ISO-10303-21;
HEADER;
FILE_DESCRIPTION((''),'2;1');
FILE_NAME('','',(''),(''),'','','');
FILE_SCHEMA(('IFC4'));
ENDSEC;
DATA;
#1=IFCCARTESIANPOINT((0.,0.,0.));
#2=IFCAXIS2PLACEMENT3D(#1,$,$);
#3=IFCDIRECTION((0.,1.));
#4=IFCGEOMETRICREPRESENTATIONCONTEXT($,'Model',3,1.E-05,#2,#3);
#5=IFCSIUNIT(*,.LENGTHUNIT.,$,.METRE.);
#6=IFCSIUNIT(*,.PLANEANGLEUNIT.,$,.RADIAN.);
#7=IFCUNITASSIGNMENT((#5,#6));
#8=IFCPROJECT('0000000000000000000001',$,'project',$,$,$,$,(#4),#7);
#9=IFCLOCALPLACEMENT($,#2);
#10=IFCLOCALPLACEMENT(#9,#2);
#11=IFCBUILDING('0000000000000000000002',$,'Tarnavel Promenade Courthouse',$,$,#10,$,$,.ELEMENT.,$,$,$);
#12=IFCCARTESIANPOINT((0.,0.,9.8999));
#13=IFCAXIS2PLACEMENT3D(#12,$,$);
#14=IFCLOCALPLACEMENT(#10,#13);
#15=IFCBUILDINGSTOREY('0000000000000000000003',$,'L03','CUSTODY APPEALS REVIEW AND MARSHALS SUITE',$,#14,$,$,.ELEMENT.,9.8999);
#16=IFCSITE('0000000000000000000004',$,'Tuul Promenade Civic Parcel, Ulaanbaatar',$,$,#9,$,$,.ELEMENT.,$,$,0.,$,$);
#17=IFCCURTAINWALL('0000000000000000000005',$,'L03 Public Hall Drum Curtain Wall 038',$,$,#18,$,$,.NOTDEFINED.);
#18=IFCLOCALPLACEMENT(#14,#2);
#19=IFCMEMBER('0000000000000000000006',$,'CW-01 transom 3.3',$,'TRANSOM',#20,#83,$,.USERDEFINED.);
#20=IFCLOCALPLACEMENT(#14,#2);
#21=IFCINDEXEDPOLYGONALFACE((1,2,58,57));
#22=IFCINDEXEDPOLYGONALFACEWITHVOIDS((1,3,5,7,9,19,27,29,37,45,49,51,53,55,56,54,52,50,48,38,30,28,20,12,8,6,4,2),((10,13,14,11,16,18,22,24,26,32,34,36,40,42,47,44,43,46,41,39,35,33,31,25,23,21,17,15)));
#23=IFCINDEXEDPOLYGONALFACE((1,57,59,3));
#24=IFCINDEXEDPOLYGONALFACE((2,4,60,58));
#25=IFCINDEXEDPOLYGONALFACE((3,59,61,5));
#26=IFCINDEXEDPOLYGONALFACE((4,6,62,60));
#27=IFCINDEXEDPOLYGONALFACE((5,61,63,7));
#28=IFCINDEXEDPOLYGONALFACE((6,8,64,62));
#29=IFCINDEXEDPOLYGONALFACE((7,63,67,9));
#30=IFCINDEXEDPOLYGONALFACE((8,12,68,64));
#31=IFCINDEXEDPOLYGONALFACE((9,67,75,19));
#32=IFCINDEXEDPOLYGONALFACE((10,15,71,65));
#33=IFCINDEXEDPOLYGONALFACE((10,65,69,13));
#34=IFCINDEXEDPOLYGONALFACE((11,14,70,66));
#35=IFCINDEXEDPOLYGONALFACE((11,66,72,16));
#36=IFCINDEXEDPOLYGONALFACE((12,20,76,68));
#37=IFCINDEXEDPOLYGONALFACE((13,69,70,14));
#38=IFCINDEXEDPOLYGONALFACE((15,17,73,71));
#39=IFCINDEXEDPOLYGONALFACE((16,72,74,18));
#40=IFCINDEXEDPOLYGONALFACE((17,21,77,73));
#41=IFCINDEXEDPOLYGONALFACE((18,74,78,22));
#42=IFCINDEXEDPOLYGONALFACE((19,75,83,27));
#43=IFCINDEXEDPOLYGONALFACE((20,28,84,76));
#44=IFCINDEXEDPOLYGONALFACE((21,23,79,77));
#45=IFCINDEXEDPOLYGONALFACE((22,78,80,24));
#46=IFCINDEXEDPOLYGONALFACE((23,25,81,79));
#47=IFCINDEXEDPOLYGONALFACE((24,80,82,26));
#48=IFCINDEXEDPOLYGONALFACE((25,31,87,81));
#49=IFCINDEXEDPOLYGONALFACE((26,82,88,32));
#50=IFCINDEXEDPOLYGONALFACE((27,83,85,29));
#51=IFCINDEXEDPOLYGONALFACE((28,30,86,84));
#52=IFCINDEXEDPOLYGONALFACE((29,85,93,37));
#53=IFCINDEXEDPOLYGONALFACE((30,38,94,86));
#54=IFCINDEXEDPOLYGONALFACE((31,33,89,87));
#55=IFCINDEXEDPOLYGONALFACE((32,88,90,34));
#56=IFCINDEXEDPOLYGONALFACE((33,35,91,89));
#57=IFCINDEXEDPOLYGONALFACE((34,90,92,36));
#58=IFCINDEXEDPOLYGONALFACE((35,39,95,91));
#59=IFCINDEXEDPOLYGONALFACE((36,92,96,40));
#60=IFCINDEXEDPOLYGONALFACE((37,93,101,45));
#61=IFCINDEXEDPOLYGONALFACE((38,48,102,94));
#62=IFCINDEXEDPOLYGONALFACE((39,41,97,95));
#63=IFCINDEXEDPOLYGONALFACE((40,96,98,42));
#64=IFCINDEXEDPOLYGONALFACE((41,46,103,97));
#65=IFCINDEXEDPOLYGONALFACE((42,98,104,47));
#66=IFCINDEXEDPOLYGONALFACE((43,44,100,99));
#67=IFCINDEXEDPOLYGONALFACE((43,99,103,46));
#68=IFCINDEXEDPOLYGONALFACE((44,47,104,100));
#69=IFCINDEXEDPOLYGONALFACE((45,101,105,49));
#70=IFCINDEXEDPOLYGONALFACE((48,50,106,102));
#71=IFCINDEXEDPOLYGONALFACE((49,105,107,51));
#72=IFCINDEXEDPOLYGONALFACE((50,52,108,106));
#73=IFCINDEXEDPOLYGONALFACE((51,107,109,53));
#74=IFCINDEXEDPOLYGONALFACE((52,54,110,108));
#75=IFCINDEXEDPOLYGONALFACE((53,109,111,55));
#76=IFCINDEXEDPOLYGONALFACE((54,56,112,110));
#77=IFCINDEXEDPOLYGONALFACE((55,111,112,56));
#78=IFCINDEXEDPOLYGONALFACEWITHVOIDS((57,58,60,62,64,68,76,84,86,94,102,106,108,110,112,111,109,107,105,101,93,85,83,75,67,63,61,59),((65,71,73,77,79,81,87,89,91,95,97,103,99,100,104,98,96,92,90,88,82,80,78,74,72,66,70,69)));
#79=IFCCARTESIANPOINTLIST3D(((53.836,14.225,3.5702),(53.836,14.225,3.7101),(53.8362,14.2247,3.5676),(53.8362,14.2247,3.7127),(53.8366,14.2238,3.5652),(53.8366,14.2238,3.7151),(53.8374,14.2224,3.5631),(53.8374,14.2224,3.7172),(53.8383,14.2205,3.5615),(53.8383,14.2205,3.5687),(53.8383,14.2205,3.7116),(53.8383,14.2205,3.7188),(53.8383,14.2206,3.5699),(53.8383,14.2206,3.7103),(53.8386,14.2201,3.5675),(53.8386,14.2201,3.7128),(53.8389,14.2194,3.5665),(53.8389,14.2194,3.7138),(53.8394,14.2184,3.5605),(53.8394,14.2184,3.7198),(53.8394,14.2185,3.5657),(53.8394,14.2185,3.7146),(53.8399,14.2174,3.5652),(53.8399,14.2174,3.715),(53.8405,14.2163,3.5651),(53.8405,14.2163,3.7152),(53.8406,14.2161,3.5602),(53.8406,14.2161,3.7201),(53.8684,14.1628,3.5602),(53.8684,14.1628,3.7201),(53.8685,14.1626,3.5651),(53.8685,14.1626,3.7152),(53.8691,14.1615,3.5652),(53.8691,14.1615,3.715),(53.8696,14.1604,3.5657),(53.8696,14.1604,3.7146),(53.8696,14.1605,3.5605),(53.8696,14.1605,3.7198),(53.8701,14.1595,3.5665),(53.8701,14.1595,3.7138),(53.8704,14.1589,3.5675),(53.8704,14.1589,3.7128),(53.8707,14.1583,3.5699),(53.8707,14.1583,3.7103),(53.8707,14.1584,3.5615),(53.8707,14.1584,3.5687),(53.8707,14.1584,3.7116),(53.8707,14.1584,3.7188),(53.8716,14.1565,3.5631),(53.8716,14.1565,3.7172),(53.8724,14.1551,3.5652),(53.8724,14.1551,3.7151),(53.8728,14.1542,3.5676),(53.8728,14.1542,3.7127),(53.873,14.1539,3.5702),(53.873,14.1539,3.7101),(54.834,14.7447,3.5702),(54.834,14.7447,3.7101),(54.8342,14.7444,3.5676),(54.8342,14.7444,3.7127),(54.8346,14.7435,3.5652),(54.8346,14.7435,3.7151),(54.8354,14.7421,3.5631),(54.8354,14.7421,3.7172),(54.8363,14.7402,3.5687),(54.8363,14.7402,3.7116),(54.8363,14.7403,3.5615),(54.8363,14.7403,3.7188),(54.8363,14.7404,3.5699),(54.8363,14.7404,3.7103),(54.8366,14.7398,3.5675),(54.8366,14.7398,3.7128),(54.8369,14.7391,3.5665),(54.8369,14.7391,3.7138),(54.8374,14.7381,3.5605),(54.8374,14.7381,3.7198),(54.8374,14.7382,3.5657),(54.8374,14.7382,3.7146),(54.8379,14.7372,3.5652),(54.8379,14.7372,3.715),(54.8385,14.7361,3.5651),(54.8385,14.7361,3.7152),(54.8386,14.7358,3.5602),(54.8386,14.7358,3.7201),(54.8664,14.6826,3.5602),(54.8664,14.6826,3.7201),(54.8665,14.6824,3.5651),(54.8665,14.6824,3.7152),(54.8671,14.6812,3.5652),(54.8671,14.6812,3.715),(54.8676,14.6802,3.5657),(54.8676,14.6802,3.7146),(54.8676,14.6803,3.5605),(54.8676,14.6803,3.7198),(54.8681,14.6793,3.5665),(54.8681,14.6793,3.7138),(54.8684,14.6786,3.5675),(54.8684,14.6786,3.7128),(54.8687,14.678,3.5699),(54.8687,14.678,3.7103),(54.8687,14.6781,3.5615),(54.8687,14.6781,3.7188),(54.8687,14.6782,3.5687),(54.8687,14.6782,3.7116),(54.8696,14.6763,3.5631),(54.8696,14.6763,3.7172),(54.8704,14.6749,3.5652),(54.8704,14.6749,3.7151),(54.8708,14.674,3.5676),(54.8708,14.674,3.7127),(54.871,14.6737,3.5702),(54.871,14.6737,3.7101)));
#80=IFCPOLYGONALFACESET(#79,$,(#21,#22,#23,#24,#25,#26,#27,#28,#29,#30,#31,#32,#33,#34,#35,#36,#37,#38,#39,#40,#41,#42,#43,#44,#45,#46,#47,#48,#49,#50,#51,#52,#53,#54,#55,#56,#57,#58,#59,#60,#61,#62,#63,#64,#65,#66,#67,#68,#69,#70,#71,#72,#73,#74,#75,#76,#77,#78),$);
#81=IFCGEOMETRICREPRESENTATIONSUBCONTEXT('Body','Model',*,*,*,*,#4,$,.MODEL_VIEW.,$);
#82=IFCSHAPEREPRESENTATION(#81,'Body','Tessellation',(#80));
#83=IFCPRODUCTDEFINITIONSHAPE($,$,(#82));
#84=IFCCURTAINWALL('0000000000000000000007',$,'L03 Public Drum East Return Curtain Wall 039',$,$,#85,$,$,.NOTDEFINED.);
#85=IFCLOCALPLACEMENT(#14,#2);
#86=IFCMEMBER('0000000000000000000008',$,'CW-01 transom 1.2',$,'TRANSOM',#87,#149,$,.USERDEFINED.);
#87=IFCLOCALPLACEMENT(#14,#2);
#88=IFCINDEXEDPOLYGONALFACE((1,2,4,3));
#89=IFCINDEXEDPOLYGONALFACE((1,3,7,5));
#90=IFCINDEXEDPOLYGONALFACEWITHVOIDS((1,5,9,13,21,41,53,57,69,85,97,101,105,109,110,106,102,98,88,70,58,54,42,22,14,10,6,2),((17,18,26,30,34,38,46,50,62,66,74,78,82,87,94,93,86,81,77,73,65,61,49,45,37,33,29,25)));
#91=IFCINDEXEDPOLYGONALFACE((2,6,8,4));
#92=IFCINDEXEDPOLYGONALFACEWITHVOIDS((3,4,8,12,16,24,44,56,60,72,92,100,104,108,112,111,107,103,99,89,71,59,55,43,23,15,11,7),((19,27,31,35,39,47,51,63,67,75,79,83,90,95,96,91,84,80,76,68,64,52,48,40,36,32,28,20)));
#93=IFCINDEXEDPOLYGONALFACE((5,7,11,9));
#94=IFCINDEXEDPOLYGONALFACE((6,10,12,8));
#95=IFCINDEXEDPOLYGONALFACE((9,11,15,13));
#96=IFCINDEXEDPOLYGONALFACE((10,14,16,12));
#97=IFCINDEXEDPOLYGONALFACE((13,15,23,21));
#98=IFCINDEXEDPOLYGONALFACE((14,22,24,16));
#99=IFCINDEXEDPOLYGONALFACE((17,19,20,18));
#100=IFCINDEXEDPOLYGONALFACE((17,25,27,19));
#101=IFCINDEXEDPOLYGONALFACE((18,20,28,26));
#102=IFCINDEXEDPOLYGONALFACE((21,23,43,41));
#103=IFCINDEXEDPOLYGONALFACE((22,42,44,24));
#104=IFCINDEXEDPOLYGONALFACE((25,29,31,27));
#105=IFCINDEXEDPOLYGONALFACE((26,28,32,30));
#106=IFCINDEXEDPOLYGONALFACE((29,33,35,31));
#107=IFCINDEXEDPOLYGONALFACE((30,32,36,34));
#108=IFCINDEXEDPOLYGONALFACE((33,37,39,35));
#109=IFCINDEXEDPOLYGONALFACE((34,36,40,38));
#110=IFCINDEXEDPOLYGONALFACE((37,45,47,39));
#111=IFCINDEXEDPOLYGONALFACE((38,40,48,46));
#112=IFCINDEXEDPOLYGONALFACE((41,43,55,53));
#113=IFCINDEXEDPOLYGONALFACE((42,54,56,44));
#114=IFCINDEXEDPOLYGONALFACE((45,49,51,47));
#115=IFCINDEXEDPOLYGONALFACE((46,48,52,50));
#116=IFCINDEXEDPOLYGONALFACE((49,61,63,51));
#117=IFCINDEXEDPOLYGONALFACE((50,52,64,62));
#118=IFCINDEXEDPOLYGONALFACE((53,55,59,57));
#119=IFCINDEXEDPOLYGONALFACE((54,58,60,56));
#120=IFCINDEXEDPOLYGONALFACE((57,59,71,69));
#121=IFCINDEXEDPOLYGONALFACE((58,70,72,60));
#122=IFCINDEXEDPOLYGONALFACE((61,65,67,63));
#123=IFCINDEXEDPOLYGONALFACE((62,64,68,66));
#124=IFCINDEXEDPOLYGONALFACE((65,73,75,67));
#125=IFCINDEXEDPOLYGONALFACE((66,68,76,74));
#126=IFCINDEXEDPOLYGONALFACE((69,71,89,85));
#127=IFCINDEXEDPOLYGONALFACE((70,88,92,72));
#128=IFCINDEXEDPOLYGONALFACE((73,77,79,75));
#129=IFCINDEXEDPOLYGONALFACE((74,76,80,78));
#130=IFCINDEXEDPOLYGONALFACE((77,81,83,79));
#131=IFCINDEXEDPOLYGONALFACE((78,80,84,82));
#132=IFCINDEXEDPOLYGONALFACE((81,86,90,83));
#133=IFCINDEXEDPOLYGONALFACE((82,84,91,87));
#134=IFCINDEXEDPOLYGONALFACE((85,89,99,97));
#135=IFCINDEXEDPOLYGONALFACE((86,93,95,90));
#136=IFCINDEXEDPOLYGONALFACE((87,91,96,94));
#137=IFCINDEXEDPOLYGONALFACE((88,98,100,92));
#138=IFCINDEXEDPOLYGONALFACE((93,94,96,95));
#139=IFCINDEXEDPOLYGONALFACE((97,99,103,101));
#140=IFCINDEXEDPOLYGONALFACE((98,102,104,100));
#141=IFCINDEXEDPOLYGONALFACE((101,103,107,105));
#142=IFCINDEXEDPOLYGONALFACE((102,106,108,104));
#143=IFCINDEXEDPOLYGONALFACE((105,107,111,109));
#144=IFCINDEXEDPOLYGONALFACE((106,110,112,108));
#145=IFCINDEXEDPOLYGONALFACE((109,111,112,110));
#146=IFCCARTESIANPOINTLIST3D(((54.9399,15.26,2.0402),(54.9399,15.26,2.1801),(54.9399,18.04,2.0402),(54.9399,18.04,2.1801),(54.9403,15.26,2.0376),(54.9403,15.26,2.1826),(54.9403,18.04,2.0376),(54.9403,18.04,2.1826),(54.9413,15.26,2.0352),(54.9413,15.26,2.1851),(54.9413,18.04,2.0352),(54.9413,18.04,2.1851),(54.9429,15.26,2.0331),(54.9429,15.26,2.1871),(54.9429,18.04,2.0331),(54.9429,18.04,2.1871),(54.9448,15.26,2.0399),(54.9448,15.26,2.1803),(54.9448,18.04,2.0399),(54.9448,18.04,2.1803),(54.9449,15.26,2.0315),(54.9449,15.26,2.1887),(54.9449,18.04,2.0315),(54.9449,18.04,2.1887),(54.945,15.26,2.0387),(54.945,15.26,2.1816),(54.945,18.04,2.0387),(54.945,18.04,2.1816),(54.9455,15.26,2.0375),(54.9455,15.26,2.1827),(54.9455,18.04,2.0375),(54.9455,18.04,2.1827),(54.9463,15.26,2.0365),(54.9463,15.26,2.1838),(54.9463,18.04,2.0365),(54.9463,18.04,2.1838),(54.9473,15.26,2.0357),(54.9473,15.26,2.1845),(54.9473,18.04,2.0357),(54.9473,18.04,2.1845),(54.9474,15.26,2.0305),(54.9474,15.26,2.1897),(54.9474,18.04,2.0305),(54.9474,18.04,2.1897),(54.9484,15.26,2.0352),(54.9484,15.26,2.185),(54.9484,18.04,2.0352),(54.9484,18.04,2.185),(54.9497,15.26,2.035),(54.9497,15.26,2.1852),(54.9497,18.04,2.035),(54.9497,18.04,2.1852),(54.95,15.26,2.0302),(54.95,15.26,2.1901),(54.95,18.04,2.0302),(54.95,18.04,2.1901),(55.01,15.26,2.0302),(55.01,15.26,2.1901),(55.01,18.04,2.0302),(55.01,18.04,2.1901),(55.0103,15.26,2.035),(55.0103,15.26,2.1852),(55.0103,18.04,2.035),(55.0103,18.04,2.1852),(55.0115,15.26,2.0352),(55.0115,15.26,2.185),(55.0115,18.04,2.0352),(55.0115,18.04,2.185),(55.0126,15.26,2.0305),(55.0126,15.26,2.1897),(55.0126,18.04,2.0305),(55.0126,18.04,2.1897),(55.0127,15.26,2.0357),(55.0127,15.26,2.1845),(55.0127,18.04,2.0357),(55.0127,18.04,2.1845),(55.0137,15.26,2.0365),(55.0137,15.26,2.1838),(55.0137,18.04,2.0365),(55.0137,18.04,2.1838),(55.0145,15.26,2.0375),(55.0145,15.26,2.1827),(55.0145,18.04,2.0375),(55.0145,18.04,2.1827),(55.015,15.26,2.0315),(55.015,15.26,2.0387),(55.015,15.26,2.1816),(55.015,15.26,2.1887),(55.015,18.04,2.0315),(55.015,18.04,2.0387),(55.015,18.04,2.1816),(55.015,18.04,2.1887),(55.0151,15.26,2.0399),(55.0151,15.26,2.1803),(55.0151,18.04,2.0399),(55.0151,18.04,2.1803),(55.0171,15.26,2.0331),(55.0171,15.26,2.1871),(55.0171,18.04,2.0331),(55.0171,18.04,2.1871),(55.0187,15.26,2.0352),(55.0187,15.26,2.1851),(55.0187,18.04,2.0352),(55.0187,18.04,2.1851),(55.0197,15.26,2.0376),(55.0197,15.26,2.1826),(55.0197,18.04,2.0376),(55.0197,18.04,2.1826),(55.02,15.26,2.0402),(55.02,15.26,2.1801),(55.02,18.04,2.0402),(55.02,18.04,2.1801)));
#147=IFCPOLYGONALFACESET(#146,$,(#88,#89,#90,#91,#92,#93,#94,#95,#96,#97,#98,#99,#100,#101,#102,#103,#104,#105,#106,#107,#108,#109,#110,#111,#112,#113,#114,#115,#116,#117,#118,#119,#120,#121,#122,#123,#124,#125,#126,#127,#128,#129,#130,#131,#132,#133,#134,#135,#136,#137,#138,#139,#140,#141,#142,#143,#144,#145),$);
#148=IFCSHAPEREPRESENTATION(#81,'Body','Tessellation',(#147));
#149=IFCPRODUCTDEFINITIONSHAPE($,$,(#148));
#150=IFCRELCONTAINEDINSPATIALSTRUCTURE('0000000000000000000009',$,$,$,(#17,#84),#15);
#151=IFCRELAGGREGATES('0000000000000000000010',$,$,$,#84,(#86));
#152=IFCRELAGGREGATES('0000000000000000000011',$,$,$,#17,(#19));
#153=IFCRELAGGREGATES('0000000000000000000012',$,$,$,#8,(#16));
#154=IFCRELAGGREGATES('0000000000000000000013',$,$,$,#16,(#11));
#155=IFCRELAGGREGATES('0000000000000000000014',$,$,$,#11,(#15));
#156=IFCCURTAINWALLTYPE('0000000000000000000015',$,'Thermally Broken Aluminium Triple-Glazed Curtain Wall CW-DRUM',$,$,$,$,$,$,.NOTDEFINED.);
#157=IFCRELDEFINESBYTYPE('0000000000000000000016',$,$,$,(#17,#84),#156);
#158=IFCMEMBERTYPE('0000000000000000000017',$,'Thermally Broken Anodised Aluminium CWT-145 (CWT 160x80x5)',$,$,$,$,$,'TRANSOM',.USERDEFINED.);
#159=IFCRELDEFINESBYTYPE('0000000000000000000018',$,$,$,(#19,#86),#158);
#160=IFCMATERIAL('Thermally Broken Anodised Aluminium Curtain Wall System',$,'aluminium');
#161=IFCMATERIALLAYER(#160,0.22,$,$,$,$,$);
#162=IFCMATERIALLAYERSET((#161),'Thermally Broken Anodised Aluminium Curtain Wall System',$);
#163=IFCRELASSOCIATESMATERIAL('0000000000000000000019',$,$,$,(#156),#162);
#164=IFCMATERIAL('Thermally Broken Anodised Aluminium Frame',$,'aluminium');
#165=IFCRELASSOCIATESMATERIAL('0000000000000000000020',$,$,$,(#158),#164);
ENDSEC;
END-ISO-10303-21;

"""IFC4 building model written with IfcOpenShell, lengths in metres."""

from ifc_helpers import new_model, si_unit, direction, frame, origin, origin_2d, place, context, subcontext, project, spatial, hollow_rectangle, extrude, material, layer, layer_set, material_profile, profile_set, type_object, element, aggregate, save


model = new_model("IFC4")

# Units and contexts
model_context = context("Model", 3, precision=1e-05, world=origin(), true_north=direction((0.0, 1.0)))
body_context = subcontext(model_context, "Body", "Model", "MODEL_VIEW")
ifc_project = project(units=[si_unit("LENGTHUNIT", "METRE"), si_unit("PLANEANGLEUNIT", "RADIAN")], contexts=[model_context])

# Site, building, storey
site_placement = place(None, origin())
site = spatial("IfcSite", under=ifc_project, at=site_placement, Name="Tuul Promenade Civic Parcel, Ulaanbaatar", CompositionType="ELEMENT", RefElevation=0.0)
building_placement = place(site_placement, origin())
building = spatial("IfcBuilding", under=site, at=building_placement, Name="Tarnavel Promenade Courthouse", CompositionType="ELEMENT")
storey_placement = place(building_placement, frame((0.0, 0.0, 9.8999)))
storey = spatial("IfcBuildingStorey", under=building, at=storey_placement, Name="L03", Description="CUSTODY APPEALS REVIEW AND MARSHALS SUITE", CompositionType="ELEMENT", Elevation=9.8999)

# Curtain walls, members
ifc_material_1 = material(Name="Thermally Broken Anodised Aluminium Curtain Wall System", Category="aluminium")
ifc_layer_1 = layer(ifc_material_1, 0.22)
ifc_layer_set_1 = layer_set([ifc_layer_1], Name="Thermally Broken Anodised Aluminium Curtain Wall System")
curtain_wall_type = type_object("IfcCurtainWallType", Name="Thermally Broken Aluminium Triple-Glazed Curtain Wall CW-DRUM", PredefinedType="NOTDEFINED", material=ifc_layer_set_1)
ifc_material_2 = material(Name="Thermally Broken Anodised Aluminium Frame", Category="aluminium")
ifc_material_profile_1 = material_profile(ifc_material_2, hollow_rectangle(XDim=0.0801, YDim=0.1599, WallThickness=0.0049, InnerFilletRadius=0.0049, OuterFilletRadius=0.01, at=origin_2d()), Name="CWT 160x80x5")
ifc_profile_set_1 = profile_set([ifc_material_profile_1], Name="Thermally Broken Anodised Aluminium Frame")
member_type_1 = type_object("IfcMemberType", Name="Thermally Broken Anodised Aluminium CWT-145 (CWT 160x80x5)", ElementType="TRANSOM", PredefinedType="USERDEFINED", material=ifc_profile_set_1)
curtain_wall_1_placement = place(storey_placement, origin())
curtain_wall_1 = element("IfcCurtainWall", 1, at=curtain_wall_1_placement, inside=storey, type_object=curtain_wall_type, Name="L03 Public Hall Drum Curtain Wall 038", PredefinedType="NOTDEFINED")
member_1_placement = place(storey_placement, frame((53.8545, 14.1895, 3.6401), z_axis=(0.886929, 0.461906, 0.0), x_axis=(-0.461906, 0.886929, 0.0)))
member_1 = element("IfcMember", 2, at=member_1_placement, type_object=member_type_1, Name="CW-01 transom 3.3", ObjectType="TRANSOM", PredefinedType="USERDEFINED", context=body_context, shape_type="SweptSolid", body=[
    extrude(hollow_rectangle(XDim=0.0801, YDim=0.1599, WallThickness=0.0049, InnerFilletRadius=0.0049, OuterFilletRadius=0.01, at=origin_2d()), origin(), (0.0, 0.0, 1.0), 1.1252),
])
curtain_wall_2_placement = place(storey_placement, origin())
curtain_wall_2 = element("IfcCurtainWall", 3, at=curtain_wall_2_placement, inside=storey, type_object=curtain_wall_type, Name="L03 Public Drum East Return Curtain Wall 039", PredefinedType="NOTDEFINED")
member_2_placement = place(storey_placement, frame((54.98, 15.26, 2.1101), z_axis=(0.0, 1.0, 0.0), x_axis=(-1.0, 0.0, 0.0)))
member_2 = element("IfcMember", 4, at=member_2_placement, type_object=member_type_1, Name="CW-01 transom 1.2", ObjectType="TRANSOM", PredefinedType="USERDEFINED", context=body_context, shape_type="SweptSolid", body=[
    extrude(hollow_rectangle(XDim=0.0801, YDim=0.1599, WallThickness=0.0049, InnerFilletRadius=0.0049, OuterFilletRadius=0.01, at=origin_2d()), origin(), (0.0, 0.0, 1.0), 2.78),
])
aggregate(curtain_wall_2, [member_2])

aggregate(curtain_wall_1, [member_1])

save(model, "model.ifc")
